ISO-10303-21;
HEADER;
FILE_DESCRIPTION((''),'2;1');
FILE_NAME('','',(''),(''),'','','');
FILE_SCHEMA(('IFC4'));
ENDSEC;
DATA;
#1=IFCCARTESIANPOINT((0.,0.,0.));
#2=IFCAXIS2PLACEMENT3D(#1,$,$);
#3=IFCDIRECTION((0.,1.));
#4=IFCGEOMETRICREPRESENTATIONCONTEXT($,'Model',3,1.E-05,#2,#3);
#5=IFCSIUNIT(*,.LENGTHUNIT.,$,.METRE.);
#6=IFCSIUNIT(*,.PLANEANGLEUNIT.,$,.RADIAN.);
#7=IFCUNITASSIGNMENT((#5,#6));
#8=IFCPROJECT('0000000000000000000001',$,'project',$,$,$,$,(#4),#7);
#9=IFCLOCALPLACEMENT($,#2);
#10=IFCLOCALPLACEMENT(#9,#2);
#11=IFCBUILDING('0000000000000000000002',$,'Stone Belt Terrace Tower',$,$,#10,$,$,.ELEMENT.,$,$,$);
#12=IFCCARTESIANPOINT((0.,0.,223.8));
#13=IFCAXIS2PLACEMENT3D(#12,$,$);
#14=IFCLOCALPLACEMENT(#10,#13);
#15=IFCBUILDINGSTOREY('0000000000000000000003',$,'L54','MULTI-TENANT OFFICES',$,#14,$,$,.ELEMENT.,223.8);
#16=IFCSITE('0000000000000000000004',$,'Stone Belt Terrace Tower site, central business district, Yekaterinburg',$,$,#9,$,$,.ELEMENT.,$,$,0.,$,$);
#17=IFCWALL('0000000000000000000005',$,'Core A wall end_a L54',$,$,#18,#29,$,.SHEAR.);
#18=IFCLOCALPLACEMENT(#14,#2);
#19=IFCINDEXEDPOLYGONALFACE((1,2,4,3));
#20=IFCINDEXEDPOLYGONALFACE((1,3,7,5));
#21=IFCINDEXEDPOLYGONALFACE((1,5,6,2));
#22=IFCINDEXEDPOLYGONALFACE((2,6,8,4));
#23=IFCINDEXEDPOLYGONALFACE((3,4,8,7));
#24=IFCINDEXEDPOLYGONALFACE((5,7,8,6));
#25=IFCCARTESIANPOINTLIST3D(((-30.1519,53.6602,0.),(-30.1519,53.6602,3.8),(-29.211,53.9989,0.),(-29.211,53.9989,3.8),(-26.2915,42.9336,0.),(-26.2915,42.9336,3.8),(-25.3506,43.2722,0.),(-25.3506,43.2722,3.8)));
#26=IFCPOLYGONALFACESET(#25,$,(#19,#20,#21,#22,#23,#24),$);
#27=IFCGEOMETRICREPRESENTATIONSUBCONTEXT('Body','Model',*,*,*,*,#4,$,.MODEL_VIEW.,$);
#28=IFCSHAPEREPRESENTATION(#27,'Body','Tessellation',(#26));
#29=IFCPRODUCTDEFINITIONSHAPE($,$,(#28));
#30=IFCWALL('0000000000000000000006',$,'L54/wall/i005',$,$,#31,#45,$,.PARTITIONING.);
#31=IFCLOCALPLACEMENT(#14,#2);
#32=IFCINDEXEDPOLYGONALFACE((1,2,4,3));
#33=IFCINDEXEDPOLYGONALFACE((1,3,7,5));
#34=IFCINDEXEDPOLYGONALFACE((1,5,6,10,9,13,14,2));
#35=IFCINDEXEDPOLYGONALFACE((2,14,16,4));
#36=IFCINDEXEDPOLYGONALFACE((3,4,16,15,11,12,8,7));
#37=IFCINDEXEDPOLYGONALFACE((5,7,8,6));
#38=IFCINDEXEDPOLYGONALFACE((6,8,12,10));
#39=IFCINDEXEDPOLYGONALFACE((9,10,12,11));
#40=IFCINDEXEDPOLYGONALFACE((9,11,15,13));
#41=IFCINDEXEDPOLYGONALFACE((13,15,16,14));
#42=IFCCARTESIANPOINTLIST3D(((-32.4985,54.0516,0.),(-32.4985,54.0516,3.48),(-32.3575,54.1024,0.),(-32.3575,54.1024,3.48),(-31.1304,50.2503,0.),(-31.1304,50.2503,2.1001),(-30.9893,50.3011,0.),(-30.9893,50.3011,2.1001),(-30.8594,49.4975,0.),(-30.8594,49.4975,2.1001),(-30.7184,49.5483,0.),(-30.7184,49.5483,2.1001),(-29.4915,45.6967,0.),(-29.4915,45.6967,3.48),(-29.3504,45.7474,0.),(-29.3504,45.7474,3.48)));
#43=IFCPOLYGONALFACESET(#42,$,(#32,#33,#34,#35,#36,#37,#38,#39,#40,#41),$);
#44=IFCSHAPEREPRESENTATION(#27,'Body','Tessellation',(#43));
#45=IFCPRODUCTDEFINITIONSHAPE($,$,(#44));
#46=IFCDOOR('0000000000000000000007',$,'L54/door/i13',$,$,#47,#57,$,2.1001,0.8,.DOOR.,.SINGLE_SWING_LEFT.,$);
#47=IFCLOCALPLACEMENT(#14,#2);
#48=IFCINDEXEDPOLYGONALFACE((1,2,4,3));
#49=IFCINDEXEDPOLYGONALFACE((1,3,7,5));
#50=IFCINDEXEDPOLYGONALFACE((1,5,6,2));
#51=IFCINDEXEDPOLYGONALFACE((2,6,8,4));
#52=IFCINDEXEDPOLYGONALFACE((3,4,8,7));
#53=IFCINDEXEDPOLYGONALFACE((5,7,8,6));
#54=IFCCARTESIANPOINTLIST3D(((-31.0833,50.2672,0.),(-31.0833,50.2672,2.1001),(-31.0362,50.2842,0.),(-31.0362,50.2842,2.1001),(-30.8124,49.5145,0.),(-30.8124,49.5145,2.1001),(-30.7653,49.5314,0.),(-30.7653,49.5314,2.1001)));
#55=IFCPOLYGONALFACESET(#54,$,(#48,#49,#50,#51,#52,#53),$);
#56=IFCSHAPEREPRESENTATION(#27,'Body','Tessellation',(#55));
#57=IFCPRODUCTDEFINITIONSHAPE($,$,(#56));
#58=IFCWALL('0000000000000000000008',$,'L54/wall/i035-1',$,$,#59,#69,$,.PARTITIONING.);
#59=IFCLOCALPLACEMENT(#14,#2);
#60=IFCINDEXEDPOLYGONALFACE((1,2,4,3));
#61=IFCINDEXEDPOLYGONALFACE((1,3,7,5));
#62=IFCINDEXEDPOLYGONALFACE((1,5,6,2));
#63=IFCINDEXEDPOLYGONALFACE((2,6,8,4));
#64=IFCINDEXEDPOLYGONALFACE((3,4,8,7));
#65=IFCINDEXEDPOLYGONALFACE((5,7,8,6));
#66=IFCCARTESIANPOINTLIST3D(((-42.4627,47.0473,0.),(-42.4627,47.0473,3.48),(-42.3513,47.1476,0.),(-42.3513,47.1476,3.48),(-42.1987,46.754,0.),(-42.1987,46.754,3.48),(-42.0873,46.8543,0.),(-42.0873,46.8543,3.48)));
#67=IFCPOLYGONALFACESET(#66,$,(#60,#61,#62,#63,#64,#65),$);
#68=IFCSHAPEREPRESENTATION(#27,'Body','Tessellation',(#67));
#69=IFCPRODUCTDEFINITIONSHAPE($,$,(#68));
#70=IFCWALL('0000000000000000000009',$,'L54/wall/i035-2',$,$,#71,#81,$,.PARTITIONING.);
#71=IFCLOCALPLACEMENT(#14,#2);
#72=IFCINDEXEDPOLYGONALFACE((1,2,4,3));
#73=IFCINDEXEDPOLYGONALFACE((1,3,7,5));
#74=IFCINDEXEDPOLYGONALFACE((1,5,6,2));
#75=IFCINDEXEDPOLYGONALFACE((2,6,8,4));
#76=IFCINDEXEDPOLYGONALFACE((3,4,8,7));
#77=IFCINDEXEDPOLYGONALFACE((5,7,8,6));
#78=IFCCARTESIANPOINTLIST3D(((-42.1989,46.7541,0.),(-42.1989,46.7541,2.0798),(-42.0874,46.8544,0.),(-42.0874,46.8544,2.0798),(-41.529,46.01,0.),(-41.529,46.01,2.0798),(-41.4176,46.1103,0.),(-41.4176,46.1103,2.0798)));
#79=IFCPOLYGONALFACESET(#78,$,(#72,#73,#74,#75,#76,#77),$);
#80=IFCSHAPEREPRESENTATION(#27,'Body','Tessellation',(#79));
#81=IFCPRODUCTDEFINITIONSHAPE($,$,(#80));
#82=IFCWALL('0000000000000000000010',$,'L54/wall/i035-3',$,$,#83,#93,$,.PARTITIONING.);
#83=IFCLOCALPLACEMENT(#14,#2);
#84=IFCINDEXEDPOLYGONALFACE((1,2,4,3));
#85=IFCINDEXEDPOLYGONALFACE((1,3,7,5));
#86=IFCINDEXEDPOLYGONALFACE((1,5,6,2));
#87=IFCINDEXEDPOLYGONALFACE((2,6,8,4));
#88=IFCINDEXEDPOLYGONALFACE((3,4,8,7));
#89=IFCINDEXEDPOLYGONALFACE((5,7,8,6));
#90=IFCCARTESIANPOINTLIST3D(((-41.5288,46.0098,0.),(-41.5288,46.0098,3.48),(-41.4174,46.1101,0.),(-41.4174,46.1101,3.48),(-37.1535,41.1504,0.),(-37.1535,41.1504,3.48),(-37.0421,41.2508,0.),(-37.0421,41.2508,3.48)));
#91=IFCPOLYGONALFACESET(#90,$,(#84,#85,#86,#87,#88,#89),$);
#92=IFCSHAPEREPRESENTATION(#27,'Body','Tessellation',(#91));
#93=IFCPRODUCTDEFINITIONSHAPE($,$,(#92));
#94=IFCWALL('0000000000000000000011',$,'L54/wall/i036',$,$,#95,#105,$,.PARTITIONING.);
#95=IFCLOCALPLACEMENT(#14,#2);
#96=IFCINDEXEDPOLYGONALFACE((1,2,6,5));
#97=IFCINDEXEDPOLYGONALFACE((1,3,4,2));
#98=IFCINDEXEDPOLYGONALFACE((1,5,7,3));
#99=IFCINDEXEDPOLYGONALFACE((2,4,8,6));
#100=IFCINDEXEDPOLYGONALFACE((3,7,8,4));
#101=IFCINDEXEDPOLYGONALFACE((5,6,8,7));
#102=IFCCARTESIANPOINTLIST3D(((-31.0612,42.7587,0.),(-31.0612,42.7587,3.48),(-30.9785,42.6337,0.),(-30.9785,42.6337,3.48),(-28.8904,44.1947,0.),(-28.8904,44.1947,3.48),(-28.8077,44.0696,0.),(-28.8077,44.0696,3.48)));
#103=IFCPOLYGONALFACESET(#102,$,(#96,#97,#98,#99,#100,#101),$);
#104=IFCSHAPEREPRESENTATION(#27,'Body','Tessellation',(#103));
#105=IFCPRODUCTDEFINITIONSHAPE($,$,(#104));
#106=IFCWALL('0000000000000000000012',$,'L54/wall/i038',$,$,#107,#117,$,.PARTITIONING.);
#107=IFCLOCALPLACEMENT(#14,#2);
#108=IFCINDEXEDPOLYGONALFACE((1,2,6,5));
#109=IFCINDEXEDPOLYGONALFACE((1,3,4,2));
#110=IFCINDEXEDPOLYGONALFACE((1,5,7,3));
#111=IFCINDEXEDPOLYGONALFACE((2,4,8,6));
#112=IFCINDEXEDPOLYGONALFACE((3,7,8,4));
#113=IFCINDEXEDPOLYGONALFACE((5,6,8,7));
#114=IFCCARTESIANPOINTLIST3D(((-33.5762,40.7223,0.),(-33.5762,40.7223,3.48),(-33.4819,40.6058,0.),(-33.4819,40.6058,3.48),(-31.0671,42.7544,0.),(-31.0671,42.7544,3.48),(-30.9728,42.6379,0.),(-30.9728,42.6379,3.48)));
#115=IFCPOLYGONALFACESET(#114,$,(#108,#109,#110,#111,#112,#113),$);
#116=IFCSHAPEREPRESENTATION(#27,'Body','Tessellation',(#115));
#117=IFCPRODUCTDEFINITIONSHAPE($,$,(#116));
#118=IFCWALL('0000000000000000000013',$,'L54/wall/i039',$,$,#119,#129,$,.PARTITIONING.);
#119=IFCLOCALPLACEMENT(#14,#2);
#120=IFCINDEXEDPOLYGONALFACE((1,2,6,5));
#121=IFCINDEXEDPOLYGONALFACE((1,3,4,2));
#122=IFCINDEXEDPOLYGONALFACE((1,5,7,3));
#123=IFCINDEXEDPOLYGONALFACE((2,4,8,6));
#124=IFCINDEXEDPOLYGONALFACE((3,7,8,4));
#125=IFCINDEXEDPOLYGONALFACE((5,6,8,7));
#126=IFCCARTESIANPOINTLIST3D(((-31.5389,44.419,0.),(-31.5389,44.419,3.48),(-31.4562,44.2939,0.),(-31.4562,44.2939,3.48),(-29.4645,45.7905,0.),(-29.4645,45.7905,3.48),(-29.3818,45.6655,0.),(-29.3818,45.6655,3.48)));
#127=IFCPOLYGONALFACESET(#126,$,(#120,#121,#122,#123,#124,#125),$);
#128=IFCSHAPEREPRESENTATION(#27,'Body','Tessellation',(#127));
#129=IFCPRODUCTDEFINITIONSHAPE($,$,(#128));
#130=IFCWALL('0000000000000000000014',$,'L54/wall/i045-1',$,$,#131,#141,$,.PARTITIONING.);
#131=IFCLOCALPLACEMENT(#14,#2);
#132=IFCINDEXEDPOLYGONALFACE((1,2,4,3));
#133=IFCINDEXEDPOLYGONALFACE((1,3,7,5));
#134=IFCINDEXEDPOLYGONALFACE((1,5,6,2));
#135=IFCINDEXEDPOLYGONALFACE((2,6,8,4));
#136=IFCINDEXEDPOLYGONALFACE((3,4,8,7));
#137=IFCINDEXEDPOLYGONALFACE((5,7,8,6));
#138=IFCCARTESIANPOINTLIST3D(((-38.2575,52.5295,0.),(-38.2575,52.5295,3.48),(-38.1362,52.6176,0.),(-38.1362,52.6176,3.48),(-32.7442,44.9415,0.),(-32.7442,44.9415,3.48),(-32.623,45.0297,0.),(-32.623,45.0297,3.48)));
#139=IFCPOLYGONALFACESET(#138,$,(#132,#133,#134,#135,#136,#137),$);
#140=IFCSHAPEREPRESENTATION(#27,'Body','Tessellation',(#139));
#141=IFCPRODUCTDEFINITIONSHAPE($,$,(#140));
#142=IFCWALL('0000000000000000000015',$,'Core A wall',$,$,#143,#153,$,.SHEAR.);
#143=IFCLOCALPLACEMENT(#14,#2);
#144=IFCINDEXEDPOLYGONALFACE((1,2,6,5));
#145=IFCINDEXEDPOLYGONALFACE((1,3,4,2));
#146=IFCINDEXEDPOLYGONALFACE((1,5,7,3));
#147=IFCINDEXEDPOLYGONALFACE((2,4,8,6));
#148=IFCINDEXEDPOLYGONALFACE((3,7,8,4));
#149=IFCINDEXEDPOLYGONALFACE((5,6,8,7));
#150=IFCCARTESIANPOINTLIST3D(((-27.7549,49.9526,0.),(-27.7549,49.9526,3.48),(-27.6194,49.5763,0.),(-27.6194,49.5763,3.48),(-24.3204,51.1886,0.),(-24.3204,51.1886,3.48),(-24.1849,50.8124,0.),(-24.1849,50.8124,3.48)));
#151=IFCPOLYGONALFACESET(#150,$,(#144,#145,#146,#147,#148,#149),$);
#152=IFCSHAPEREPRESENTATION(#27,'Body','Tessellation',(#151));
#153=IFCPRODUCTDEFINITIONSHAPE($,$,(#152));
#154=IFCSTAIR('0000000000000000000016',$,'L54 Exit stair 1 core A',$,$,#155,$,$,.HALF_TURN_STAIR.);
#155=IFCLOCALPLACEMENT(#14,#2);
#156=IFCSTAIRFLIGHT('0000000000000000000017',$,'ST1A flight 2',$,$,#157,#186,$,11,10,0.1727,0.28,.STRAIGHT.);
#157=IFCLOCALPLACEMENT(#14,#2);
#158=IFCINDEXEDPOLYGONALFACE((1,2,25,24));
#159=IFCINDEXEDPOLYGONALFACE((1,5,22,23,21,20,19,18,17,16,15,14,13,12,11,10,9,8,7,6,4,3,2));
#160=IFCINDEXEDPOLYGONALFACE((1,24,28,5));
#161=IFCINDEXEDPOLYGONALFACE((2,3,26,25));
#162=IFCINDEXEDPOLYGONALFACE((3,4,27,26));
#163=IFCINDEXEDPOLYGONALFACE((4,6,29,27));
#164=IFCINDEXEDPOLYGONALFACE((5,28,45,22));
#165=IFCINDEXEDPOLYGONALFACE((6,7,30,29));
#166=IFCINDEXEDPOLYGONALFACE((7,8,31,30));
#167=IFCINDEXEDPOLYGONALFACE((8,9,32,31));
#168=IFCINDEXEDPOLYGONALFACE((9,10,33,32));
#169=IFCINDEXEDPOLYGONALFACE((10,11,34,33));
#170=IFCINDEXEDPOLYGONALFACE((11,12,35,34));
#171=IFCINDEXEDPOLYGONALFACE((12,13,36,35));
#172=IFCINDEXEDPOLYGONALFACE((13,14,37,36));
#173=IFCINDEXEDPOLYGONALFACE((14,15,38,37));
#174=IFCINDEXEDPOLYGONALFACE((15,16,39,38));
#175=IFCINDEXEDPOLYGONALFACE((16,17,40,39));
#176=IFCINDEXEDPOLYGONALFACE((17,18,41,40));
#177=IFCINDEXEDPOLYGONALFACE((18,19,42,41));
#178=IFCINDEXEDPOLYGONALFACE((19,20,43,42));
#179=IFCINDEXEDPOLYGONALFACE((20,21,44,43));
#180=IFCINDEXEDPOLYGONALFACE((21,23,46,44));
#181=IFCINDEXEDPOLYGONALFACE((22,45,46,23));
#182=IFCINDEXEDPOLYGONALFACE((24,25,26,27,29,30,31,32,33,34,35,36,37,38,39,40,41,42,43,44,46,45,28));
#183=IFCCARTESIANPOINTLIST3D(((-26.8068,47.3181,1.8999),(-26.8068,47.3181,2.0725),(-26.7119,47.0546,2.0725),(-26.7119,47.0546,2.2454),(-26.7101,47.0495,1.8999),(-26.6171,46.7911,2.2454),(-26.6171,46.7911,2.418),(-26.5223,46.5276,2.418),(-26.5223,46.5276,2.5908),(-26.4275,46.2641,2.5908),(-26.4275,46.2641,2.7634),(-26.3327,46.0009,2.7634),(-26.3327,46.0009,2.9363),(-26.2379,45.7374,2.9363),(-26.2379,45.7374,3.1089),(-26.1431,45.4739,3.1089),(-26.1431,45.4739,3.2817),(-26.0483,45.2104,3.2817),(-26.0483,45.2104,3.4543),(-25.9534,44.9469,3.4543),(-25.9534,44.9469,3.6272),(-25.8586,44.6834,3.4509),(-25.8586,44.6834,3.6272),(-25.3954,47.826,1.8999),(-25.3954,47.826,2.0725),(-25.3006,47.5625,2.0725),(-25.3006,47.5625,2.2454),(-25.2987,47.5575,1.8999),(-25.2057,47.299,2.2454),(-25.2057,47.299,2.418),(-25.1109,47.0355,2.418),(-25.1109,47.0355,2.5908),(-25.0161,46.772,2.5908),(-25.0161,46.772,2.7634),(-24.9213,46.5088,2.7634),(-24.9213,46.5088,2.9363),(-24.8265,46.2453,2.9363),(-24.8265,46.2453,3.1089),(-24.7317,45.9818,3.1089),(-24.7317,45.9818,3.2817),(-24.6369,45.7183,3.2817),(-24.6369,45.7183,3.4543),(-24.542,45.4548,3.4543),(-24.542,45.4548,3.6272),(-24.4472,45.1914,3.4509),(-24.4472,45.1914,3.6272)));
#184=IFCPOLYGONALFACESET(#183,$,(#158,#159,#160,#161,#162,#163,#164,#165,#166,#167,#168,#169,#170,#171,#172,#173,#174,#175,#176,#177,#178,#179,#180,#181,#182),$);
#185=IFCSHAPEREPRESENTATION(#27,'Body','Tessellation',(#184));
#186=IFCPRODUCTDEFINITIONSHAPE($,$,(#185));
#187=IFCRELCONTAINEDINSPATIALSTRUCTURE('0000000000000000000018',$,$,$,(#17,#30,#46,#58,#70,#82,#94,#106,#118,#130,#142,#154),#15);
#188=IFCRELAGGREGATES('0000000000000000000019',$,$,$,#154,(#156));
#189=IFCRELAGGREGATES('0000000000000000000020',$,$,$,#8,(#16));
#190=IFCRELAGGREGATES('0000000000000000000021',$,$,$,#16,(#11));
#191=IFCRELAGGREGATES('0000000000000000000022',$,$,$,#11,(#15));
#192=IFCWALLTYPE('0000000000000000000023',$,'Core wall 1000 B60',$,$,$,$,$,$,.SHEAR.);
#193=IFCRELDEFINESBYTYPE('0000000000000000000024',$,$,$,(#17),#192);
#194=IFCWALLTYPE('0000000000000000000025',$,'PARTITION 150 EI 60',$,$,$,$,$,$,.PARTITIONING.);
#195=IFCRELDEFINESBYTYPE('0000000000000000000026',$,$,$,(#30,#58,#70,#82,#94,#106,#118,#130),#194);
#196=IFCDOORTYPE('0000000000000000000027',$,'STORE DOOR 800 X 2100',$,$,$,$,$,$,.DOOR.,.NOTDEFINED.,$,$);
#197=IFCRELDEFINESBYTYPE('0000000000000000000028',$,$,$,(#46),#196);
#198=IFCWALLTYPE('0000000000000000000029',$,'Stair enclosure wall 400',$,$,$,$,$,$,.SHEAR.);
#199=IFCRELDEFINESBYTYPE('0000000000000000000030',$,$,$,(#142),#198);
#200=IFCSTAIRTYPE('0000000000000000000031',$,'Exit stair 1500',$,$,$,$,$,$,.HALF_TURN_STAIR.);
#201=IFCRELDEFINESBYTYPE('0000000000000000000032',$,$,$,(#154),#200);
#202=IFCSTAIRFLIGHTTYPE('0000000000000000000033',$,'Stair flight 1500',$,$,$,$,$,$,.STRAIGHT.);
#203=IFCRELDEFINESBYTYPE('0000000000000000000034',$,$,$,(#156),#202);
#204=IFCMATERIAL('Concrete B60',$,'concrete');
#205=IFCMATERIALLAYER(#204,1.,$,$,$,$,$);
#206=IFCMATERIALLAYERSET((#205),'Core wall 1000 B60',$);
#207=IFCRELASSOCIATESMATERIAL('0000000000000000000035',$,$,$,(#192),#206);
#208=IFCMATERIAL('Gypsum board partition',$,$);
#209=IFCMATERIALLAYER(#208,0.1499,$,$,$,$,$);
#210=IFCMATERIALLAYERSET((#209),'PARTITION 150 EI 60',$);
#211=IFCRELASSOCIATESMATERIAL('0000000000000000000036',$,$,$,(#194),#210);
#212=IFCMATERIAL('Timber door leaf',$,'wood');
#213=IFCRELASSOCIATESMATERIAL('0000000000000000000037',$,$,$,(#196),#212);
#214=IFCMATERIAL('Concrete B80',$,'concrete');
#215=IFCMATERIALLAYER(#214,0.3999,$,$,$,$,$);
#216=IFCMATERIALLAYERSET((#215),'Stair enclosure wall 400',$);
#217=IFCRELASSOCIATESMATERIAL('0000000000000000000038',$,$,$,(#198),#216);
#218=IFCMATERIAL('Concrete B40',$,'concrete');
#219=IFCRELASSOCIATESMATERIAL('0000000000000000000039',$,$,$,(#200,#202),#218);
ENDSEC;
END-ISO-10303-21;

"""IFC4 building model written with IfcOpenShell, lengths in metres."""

from ifc_helpers import new_model, si_unit, direction, frame, frame_2d, origin, place, context, subcontext, project, spatial, polyline, rectangle, outline, extrude, material, layer, layer_set, type_object, element, fill, aggregate, save


model = new_model("IFC4")

# Units and contexts
model_context = context("Model", 3, precision=1e-05, world=origin(), true_north=direction((0.0, 1.0)))
body_context = subcontext(model_context, "Body", "Model", "MODEL_VIEW")
ifc_project = project(units=[si_unit("LENGTHUNIT", "METRE"), si_unit("PLANEANGLEUNIT", "RADIAN")], contexts=[model_context])

# Site, building, storey
site_placement = place(None, origin())
site = spatial("IfcSite", under=ifc_project, at=site_placement, Name="Stone Belt Terrace Tower site, central business district, Yekaterinburg", CompositionType="ELEMENT", RefElevation=0.0)
building_placement = place(site_placement, origin())
building = spatial("IfcBuilding", under=site, at=building_placement, Name="Stone Belt Terrace Tower", CompositionType="ELEMENT")
storey_placement = place(building_placement, frame((0.0, 0.0, 223.8)))
storey = spatial("IfcBuildingStorey", under=building, at=storey_placement, Name="L54", Description="MULTI-TENANT OFFICES", CompositionType="ELEMENT", Elevation=223.8)

# Shared definitions
ifc_material_1 = material(Name="Concrete B60", Category="concrete")

# Shared definitions
ifc_material_2 = material(Name="Concrete B80", Category="concrete")

# Wall
ifc_layer_1 = layer(ifc_material_1, 1.0)
ifc_layer_set_1 = layer_set([ifc_layer_1], Name="Core wall 1000 B60")
wall_type_1 = type_object("IfcWallType", Name="Core wall 1000 B60", PredefinedType="SHEAR", material=ifc_layer_set_1)
wall_1_placement = place(storey_placement, frame((-25.821, 43.1028, 0.0), z_axis=(0.0, 0.0, 1.0), x_axis=(-0.338625, 0.940921, 0.0)))
element("IfcWall", 1, at=wall_1_placement, inside=storey, type_object=wall_type_1, Name="Core A wall end_a L54", PredefinedType="SHEAR", context=body_context, shape_type="SweptSolid", body=[
    extrude(rectangle(XDim=11.4001, YDim=1.0, at=frame_2d((5.7002, 0.0))), origin(), (0.0, 0.0, 1.0), 3.8),
])

# Wall, opening, door
ifc_material_3 = material(Name="Gypsum board partition")
ifc_layer_2 = layer(ifc_material_3, 0.1499)
ifc_layer_set_2 = layer_set([ifc_layer_2], Name="PARTITION 150 EI 60")
wall_type_2 = type_object("IfcWallType", Name="PARTITION 150 EI 60", PredefinedType="PARTITIONING", material=ifc_layer_set_2)
wall_2_placement = place(storey_placement, frame((-29.4209, 45.7219, 0.0), z_axis=(0.0, 0.0, 1.0), x_axis=(-0.338648, 0.940913, 0.0)))
wall_2 = element("IfcWall", 2, at=wall_2_placement, inside=storey, type_object=wall_type_2, Name="L54/wall/i005", PredefinedType="PARTITIONING", context=body_context, shape_type="SweptSolid", body=[
    extrude(rectangle(XDim=8.8796, YDim=0.1499, at=frame_2d((4.4399, 0.0))), origin(), (0.0, 0.0, 1.0), 3.48),
])
opening_placement = place(wall_2_placement, frame((4.0398, 0.0, 0.0)))
opening = element("IfcOpeningElement", 3, at=opening_placement, cuts=wall_2, PredefinedType="OPENING", context=body_context, shape_type="SweptSolid", body=[
    extrude(rectangle(XDim=0.8, YDim=2.1001, at=frame_2d((0.3999, 1.05))), frame((0.0, 0.085, 0.0), z_axis=(0.0, -1.0, 0.0), x_axis=(1.0, 0.0, 0.0)), (0.0, 0.0, 1.0), 0.1699),
])
ifc_material_4 = material(Name="Timber door leaf", Category="wood")
door_type = type_object("IfcDoorType", Name="STORE DOOR 800 X 2100", OperationType="NOTDEFINED", PredefinedType="DOOR", material=ifc_material_4)
door_placement = place(opening_placement, origin())
door = element("IfcDoor", 4, at=door_placement, inside=storey, type_object=door_type, Name="L54/door/i13", OperationType="SINGLE_SWING_LEFT", OverallHeight=2.1001, OverallWidth=0.8, PredefinedType="DOOR", context=body_context, shape_type="SweptSolid", body=[
    extrude(rectangle(XDim=0.8, YDim=2.1001, at=frame_2d((0.3999, 1.05))), frame((0.0, 0.0249, 0.0), z_axis=(0.0, -1.0, 0.0), x_axis=(1.0, 0.0, 0.0)), (0.0, 0.0, 1.0), 0.05),
])
fill(opening, door)

# Walls
wall_3_placement = place(storey_placement, frame((-42.407, 47.0974, 0.0), z_axis=(0.0, 0.0, 1.0), x_axis=(0.668999, -0.743263, 0.0)))
element("IfcWall", 5, at=wall_3_placement, inside=storey, type_object=wall_type_2, Name="L54/wall/i035-1", PredefinedType="PARTITIONING", context=body_context, shape_type="SweptSolid", body=[
    extrude(rectangle(XDim=0.3945, YDim=0.1499, at=frame_2d((0.1973, 0.0))), origin(), (0.0, 0.0, 1.0), 3.48),
])
wall_4_placement = place(storey_placement, frame((-42.1431, 46.8042, 0.0), z_axis=(0.0, 0.0, 1.0), x_axis=(0.669072, -0.743197, 0.0)))
element("IfcWall", 6, at=wall_4_placement, inside=storey, type_object=wall_type_2, Name="L54/wall/i035-2", PredefinedType="PARTITIONING", context=body_context, shape_type="SweptSolid", body=[
    extrude(rectangle(XDim=1.0012, YDim=0.1499, at=frame_2d((0.5005, 0.0))), origin(), (0.0, 0.0, 1.0), 2.0798),
])
wall_5_placement = place(storey_placement, frame((-41.4731, 46.0601, 0.0), z_axis=(0.0, 0.0, 1.0), x_axis=(0.669117, -0.743157, 0.0)))
element("IfcWall", 7, at=wall_5_placement, inside=storey, type_object=wall_type_2, Name="L54/wall/i035-3", PredefinedType="PARTITIONING", context=body_context, shape_type="SweptSolid", body=[
    extrude(rectangle(XDim=6.5388, YDim=0.1499, at=frame_2d((3.2695, 0.0))), origin(), (0.0, 0.0, 1.0), 3.48),
])
wall_6_placement = place(storey_placement, frame((-28.8491, 44.1321, 0.0), z_axis=(0.0, 0.0, 1.0), x_axis=(-0.834036, -0.55171, 0.0)))
element("IfcWall", 8, at=wall_6_placement, inside=storey, type_object=wall_type_2, Name="L54/wall/i036", PredefinedType="PARTITIONING", context=body_context, shape_type="SweptSolid", body=[
    extrude(rectangle(XDim=2.6028, YDim=0.1499, at=frame_2d((1.3013, 0.0))), origin(), (0.0, 0.0, 1.0), 3.48),
])
wall_7_placement = place(storey_placement, frame((-31.02, 42.696, 0.0), z_axis=(0.0, 0.0, 1.0), x_axis=(-0.777115, -0.629359, 0.0)))
element("IfcWall", 9, at=wall_7_placement, inside=storey, type_object=wall_type_2, Name="L54/wall/i038", PredefinedType="PARTITIONING", context=body_context, shape_type="SweptSolid", body=[
    extrude(rectangle(XDim=3.2288, YDim=0.1499, at=frame_2d((1.6143, 0.0))), origin(), (0.0, 0.0, 1.0), 3.48),
])
wall_8_placement = place(storey_placement, frame((-31.4976, 44.3564, 0.0), z_axis=(0.0, 0.0, 1.0), x_axis=(0.834159, 0.551524, 0.0)))
element("IfcWall", 10, at=wall_8_placement, inside=storey, type_object=wall_type_2, Name="L54/wall/i039", PredefinedType="PARTITIONING", context=body_context, shape_type="SweptSolid", body=[
    extrude(rectangle(XDim=2.4868, YDim=0.1499, at=frame_2d((1.2434, 0.0))), origin(), (0.0, 0.0, 1.0), 3.48),
])
wall_9_placement = place(storey_placement, frame((-32.6836, 44.9856, 0.0), z_axis=(0.0, 0.0, 1.0), x_axis=(-0.587803, 0.809004, 0.0)))
element("IfcWall", 11, at=wall_9_placement, inside=storey, type_object=wall_type_2, Name="L54/wall/i045-1", PredefinedType="PARTITIONING", context=body_context, shape_type="SweptSolid", body=[
    extrude(rectangle(XDim=9.3794, YDim=0.1499, at=frame_2d((4.6897, 0.0))), origin(), (0.0, 0.0, 1.0), 3.48),
])
ifc_layer_3 = layer(ifc_material_2, 0.3999)
ifc_layer_set_3 = layer_set([ifc_layer_3], Name="Stair enclosure wall 400")
wall_type_3 = type_object("IfcWallType", Name="Stair enclosure wall 400", PredefinedType="SHEAR", material=ifc_layer_set_3)
wall_10_placement = place(storey_placement, frame((-27.6873, 49.7644, 0.0), z_axis=(0.0, 0.0, 1.0), x_axis=(0.940919, 0.338632, 0.0)))
element("IfcWall", 12, at=wall_10_placement, inside=storey, type_object=wall_type_3, Name="Core A wall", PredefinedType="SHEAR", context=body_context, shape_type="SweptSolid", body=[
    extrude(rectangle(XDim=3.6501, YDim=0.3999, at=frame_2d((1.8252, 0.0))), origin(), (0.0, 0.0, 1.0), 3.48),
])

# Stair, stair flight
ifc_material_5 = material(Name="Concrete B40", Category="concrete")
stair_type = type_object("IfcStairType", Name="Exit stair 1500", PredefinedType="HALF_TURN_STAIR", material=ifc_material_5)
stair_placement = place(storey_placement, origin())
stair = element("IfcStair", 13, at=stair_placement, inside=storey, type_object=stair_type, Name="L54 Exit stair 1 core A", PredefinedType="HALF_TURN_STAIR")
stair_flight_type = type_object("IfcStairFlightType", Name="Stair flight 1500", PredefinedType="STRAIGHT", material=ifc_material_5)
stair_flight_placement = place(storey_placement, frame((-26.1011, 47.572, 1.8999), z_axis=(0.0, 0.0, 1.0), x_axis=(0.338624, -0.940922, 0.0)))
stair_flight = element("IfcStairFlight", 14, at=stair_flight_placement, type_object=stair_flight_type, Name="ST1A flight 2", NumberOfRisers=11, NumberOfTreads=10, PredefinedType="STRAIGHT", RiserHeight=0.1727, TreadLength=0.28, context=body_context, shape_type="SweptSolid", body=[
    extrude(outline(polyline([(0.0, 0.0), (0.0, 0.1726), (0.28, 0.1726), (0.28, 0.3455), (0.5601, 0.3455), (0.5601, 0.5181), (0.8401, 0.5181), (0.8401, 0.6909), (1.1201, 0.6909), (1.1201, 0.8635), (1.3999, 0.8635), (1.3999, 1.0364), (1.6799, 1.0364), (1.6799, 1.209), (1.96, 1.209), (1.96, 1.3818), (2.24, 1.3818), (2.24, 1.5544), (2.52, 1.5544), (2.52, 1.7273), (2.8, 1.7273), (2.8, 1.8999), (2.8, 1.551), (0.2854, 0.0), (0.0, 0.0)])), frame((0.0, 0.75, 0.0), z_axis=(0.0, -1.0, 0.0), x_axis=(1.0, 0.0, 0.0)), (0.0, 0.0, 1.0), 1.5),
])
aggregate(stair, [stair_flight])

save(model, "model.ifc")
